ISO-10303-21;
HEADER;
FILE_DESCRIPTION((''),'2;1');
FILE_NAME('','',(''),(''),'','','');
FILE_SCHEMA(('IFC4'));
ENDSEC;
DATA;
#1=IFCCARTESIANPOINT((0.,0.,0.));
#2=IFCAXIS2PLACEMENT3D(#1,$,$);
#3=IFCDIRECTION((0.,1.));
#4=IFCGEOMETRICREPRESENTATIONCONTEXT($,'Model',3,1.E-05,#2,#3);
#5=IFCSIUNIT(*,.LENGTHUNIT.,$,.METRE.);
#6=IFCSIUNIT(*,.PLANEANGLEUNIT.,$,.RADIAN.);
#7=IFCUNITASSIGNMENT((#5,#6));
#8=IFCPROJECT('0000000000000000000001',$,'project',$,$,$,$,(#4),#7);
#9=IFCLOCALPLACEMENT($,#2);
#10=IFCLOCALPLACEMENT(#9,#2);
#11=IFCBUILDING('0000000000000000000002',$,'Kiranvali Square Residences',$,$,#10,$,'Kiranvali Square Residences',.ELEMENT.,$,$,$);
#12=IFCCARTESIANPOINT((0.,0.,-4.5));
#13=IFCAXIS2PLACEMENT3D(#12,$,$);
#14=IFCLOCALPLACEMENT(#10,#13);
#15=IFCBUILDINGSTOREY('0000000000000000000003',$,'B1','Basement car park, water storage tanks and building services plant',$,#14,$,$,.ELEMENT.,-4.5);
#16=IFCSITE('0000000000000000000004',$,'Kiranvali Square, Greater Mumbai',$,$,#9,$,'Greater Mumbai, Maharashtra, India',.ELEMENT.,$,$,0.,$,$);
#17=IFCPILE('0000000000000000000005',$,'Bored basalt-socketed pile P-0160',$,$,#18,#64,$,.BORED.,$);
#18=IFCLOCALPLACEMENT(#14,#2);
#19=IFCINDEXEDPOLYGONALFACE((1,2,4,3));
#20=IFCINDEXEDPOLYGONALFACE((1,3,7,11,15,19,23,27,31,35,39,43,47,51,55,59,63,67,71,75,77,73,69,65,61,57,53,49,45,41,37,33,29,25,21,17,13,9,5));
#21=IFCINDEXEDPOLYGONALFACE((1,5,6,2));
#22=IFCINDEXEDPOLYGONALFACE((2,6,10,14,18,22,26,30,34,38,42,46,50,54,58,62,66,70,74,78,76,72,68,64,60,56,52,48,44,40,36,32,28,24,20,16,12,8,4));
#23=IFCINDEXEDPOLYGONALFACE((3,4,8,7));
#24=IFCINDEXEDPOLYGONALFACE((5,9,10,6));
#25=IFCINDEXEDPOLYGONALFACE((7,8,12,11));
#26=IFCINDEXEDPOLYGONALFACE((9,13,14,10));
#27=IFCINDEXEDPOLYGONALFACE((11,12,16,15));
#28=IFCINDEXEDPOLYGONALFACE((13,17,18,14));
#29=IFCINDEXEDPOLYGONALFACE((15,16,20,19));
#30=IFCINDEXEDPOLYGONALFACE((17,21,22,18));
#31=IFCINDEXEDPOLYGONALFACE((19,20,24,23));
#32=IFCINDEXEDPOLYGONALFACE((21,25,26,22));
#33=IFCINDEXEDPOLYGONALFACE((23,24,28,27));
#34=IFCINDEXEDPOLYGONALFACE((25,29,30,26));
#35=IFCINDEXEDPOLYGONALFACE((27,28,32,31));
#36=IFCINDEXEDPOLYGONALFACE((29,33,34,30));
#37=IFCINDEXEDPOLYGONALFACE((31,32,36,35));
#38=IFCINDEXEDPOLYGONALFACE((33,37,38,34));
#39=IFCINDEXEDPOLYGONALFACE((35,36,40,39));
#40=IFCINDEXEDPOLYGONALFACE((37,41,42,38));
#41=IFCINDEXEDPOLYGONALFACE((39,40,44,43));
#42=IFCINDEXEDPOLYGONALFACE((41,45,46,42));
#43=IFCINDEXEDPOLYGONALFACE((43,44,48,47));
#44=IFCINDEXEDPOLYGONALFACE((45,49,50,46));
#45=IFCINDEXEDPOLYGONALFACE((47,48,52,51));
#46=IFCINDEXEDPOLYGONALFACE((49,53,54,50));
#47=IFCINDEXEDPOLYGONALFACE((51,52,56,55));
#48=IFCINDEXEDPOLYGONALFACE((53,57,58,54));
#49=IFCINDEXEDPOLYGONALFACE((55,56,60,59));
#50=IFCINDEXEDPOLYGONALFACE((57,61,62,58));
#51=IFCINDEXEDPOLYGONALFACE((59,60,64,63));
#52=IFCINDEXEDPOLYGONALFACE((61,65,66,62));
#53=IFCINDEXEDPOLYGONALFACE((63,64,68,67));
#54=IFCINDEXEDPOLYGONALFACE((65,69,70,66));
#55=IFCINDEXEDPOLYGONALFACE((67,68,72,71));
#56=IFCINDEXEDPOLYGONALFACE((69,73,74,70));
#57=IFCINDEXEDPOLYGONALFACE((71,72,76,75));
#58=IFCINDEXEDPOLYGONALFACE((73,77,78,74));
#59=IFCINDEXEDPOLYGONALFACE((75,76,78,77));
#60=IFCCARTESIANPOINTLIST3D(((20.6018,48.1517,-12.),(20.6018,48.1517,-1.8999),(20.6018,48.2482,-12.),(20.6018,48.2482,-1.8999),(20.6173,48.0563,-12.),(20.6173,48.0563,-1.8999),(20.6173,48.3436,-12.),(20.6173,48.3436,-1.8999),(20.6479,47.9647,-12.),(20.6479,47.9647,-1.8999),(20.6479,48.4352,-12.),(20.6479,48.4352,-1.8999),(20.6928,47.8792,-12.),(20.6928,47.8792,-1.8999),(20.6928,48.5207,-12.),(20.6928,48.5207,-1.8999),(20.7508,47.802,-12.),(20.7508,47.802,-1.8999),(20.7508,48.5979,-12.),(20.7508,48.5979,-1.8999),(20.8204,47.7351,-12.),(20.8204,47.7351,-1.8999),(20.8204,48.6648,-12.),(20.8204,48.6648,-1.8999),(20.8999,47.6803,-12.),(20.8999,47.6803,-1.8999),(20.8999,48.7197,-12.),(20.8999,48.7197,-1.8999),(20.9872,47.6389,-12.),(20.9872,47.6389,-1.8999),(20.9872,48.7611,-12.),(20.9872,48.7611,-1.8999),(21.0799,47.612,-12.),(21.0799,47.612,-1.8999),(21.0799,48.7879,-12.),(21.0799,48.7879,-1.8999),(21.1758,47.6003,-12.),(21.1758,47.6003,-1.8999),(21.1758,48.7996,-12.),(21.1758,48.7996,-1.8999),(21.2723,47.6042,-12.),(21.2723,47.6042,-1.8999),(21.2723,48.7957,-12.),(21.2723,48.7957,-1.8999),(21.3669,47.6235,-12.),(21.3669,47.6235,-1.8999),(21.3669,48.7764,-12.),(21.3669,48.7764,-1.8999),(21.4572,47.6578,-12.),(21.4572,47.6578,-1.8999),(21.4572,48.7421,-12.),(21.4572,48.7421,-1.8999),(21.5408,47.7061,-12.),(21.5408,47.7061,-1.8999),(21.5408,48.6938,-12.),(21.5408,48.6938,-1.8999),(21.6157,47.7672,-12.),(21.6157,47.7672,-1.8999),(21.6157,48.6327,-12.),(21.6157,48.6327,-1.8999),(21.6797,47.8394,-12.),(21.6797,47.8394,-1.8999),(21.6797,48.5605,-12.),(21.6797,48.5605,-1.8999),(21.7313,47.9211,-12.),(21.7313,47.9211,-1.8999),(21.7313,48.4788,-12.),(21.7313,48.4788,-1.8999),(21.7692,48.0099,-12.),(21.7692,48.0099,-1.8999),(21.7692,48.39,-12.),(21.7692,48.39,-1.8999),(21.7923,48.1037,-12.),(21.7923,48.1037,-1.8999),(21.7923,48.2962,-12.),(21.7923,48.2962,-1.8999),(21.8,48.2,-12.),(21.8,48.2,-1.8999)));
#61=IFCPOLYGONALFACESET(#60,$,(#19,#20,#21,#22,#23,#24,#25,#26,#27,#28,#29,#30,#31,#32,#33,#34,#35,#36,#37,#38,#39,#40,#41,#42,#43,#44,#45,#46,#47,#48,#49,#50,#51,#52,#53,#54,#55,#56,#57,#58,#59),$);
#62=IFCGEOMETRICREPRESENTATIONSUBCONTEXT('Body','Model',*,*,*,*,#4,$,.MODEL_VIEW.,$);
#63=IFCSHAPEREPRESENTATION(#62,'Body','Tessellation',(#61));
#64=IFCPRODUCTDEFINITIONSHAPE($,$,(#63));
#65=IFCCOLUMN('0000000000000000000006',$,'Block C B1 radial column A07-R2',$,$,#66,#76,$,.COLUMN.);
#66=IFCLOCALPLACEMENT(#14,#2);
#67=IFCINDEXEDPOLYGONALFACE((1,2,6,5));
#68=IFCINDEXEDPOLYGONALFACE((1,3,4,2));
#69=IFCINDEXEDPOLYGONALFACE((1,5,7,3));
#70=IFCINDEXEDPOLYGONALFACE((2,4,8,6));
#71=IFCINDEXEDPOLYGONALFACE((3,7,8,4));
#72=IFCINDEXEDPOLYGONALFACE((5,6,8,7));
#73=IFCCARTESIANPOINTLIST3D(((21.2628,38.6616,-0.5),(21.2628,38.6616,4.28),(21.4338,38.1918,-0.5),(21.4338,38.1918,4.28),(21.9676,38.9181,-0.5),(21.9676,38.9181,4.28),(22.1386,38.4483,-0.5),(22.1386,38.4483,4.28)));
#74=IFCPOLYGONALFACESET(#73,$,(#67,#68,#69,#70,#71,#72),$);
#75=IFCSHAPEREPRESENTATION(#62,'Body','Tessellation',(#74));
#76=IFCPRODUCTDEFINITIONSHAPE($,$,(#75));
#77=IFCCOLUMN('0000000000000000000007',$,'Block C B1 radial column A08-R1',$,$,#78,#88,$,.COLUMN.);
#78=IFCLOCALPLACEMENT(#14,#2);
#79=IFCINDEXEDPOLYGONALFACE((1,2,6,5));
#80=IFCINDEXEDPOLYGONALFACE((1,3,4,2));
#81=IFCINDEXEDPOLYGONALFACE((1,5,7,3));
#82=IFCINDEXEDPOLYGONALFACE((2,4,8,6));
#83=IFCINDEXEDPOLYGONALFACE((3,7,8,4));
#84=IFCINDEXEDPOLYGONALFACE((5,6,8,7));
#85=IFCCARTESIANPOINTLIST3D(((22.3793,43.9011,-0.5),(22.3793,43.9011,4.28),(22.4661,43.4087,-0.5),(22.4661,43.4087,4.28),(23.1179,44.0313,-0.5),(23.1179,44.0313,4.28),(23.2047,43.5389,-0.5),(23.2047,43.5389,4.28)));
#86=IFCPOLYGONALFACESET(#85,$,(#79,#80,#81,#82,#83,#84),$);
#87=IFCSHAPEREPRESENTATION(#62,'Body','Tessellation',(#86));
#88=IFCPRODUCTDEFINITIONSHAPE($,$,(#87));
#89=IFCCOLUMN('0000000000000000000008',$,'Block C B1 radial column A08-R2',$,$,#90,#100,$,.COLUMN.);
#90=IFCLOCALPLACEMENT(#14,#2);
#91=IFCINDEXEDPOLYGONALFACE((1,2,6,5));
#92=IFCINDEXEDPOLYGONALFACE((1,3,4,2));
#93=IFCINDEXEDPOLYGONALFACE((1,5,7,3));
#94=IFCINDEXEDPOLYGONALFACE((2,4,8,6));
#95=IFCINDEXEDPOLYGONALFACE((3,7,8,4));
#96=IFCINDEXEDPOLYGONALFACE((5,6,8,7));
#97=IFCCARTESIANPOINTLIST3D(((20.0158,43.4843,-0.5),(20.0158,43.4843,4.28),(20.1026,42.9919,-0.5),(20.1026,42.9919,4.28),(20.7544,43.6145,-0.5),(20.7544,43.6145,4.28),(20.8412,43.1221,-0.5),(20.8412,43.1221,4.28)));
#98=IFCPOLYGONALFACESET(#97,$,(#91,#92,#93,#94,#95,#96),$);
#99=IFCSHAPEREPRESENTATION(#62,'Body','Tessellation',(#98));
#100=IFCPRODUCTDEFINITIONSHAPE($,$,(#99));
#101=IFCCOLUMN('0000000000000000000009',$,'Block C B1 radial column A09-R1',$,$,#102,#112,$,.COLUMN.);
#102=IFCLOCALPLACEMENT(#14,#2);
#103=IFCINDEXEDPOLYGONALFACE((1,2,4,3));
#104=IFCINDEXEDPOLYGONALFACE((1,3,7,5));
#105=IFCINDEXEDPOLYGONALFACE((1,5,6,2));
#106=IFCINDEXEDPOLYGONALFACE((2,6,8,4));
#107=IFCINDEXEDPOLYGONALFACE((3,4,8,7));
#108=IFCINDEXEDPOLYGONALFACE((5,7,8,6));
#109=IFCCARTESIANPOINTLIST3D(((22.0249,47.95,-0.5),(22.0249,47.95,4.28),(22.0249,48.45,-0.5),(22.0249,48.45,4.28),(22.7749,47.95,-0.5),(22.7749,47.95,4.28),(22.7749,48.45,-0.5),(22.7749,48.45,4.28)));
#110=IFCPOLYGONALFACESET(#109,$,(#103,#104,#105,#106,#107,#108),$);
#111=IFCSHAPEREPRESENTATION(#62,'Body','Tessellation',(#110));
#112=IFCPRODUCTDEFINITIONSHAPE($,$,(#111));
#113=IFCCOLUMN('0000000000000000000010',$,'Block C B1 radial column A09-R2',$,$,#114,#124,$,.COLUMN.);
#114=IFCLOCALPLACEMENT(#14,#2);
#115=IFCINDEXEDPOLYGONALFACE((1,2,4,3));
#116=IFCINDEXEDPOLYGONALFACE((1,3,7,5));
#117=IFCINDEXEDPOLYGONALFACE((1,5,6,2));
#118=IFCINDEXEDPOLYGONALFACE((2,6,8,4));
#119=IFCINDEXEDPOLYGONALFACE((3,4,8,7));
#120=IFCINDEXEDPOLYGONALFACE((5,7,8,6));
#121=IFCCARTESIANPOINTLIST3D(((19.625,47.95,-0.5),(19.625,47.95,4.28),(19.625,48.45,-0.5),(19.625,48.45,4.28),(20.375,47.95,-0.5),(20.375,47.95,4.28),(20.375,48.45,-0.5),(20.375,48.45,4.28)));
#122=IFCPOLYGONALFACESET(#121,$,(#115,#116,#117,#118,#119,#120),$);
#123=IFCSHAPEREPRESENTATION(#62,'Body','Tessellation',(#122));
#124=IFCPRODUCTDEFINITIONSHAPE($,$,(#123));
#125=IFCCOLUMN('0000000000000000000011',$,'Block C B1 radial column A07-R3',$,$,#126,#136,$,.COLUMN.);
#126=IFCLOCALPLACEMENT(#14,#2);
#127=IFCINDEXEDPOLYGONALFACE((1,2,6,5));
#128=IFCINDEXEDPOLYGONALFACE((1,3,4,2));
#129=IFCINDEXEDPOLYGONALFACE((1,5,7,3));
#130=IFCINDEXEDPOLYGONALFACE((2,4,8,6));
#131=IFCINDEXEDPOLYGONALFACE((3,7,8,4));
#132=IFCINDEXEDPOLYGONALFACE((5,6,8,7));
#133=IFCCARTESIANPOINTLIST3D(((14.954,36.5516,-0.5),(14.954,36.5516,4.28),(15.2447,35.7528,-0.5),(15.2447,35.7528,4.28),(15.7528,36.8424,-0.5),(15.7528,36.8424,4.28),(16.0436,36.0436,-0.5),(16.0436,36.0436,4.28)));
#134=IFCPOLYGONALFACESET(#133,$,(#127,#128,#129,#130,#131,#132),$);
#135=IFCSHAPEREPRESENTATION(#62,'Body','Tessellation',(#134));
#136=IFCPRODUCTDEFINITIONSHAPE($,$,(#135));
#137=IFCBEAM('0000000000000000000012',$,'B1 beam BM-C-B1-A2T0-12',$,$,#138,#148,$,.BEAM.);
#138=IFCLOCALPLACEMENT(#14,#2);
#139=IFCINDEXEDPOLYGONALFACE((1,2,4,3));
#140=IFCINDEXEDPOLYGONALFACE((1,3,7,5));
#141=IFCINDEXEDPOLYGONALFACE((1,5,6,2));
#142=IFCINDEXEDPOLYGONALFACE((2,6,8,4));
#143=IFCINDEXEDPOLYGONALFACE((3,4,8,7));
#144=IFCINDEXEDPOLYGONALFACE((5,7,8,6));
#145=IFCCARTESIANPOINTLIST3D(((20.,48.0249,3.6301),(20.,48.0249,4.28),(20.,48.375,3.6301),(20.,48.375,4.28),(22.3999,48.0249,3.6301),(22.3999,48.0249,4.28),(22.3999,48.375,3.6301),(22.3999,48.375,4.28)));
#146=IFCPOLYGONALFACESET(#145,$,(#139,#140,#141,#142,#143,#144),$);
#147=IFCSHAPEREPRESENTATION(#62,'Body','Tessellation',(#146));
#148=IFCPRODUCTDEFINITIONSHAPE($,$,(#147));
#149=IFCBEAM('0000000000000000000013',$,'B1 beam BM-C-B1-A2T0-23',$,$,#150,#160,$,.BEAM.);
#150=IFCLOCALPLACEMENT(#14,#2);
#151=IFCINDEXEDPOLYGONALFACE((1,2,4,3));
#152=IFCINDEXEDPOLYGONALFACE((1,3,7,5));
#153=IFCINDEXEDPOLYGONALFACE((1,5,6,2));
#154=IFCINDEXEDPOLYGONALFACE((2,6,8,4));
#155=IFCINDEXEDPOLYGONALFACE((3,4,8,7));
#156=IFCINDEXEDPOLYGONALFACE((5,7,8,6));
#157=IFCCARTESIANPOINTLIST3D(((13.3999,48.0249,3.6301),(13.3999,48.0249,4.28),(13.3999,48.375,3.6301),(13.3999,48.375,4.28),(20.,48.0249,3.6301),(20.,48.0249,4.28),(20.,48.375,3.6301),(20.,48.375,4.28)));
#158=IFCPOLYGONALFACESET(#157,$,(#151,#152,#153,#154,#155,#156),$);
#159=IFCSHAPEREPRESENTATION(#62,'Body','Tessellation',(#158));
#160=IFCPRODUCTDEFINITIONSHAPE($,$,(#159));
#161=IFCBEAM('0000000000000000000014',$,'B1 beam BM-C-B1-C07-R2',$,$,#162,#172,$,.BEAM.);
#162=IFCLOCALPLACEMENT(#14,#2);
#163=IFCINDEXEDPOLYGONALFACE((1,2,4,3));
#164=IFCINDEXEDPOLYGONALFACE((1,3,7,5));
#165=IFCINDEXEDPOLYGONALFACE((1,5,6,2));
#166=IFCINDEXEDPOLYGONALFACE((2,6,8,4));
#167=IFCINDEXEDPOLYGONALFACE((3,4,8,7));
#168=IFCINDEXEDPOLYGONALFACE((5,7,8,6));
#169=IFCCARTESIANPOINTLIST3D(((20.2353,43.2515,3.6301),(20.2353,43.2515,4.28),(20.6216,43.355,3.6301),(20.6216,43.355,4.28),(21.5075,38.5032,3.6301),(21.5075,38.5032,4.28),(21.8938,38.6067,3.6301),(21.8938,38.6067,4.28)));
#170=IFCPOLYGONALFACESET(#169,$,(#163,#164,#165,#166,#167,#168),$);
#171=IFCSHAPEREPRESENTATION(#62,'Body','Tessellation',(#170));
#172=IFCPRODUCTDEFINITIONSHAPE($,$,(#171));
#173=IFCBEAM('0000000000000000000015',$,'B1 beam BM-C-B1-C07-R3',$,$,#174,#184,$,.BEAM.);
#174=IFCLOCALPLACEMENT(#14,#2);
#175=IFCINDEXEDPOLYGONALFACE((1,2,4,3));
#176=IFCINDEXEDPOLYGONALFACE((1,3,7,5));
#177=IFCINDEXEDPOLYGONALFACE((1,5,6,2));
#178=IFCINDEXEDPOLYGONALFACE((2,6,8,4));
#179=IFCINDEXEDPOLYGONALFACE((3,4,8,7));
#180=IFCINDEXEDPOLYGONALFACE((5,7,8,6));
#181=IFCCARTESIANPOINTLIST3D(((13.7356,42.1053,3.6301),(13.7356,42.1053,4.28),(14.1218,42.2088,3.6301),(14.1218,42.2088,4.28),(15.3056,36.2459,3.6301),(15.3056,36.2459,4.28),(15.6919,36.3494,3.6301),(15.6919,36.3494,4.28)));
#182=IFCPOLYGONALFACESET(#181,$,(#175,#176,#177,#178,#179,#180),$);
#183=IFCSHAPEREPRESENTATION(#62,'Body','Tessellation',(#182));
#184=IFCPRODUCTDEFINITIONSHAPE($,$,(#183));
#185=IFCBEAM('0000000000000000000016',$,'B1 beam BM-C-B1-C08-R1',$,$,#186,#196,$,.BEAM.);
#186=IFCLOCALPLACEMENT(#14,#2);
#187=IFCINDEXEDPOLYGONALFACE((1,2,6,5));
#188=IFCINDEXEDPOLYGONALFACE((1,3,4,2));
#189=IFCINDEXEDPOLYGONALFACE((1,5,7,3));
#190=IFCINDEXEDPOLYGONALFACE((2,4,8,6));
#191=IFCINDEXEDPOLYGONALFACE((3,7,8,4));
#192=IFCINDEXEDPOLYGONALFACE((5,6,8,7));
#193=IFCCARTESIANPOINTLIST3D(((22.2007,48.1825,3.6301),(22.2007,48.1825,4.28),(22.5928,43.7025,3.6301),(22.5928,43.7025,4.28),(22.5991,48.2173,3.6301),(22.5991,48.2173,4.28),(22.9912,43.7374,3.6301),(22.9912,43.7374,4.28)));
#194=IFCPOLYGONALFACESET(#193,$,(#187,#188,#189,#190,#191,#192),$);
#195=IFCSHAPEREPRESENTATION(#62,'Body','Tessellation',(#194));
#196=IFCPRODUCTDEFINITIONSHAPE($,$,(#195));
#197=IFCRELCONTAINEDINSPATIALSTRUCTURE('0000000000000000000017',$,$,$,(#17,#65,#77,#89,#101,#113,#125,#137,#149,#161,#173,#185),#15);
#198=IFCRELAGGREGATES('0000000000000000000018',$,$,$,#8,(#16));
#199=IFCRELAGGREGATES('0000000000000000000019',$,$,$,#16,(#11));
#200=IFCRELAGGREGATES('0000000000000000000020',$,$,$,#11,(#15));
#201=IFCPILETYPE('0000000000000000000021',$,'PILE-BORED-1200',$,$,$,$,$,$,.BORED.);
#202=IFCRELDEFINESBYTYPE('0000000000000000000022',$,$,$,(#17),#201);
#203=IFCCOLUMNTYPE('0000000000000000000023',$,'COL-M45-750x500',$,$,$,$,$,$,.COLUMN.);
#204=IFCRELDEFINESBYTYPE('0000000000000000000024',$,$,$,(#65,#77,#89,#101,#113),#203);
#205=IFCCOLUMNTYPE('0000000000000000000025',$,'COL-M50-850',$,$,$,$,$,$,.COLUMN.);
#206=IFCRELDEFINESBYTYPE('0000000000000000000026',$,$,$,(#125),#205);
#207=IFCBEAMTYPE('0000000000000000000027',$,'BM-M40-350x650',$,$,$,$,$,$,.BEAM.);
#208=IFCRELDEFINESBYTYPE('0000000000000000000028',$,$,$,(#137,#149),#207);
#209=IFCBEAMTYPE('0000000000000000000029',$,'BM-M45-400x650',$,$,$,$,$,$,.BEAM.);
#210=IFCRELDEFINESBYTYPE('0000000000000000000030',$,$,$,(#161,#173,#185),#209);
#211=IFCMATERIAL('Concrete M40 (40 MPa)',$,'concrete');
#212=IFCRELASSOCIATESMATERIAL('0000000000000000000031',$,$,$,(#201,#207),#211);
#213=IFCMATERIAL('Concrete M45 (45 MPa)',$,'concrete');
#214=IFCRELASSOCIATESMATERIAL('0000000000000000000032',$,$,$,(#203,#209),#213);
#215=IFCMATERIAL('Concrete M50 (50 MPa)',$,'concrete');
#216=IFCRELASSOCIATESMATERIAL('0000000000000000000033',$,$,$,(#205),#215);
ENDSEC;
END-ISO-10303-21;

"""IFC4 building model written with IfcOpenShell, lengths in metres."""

from ifc_helpers import new_model, si_unit, direction, frame, origin, origin_2d, place, context, subcontext, project, spatial, rectangle, circle, extrude, material, material_profile, profile_set, type_object, element, save


model = new_model("IFC4")

# Units and contexts
model_context = context("Model", 3, precision=1e-05, world=origin(), true_north=direction((0.0, 1.0)))
body_context = subcontext(model_context, "Body", "Model", "MODEL_VIEW")
ifc_project = project(units=[si_unit("LENGTHUNIT", "METRE"), si_unit("PLANEANGLEUNIT", "RADIAN")], contexts=[model_context])

# Site, building, storey
site_placement = place(None, origin())
site = spatial("IfcSite", under=ifc_project, at=site_placement, Name="Kiranvali Square, Greater Mumbai", LongName="Greater Mumbai, Maharashtra, India", CompositionType="ELEMENT", RefElevation=0.0)
building_placement = place(site_placement, origin())
building = spatial("IfcBuilding", under=site, at=building_placement, Name="Kiranvali Square Residences", LongName="Kiranvali Square Residences", CompositionType="ELEMENT")
storey_placement = place(building_placement, frame((0.0, 0.0, -4.5)))
storey = spatial("IfcBuildingStorey", under=building, at=storey_placement, Name="B1", Description="Basement car park, water storage tanks and building services plant", CompositionType="ELEMENT", Elevation=-4.5)

# Shared definitions
ifc_material_1 = material(Name="Concrete M40 (40 MPa)", Category="concrete")

# Pile
ifc_material_profile_1 = material_profile(ifc_material_1, circle(Radius=0.6001, at=origin_2d()), Name="BORED PILE 1200")
ifc_profile_set_1 = profile_set([ifc_material_profile_1], Name="Concrete M40 (40 MPa)")
pile_type = type_object("IfcPileType", Name="PILE-BORED-1200", PredefinedType="BORED", material=ifc_profile_set_1)
for number, where, z_axis, x_axis, name in (
    (1, (21.2, 48.2, -1.8999), (0.0, 0.0, -1.0), (1.0, 0.0, 0.0), "Bored basalt-socketed pile P-0160"),
):
    element("IfcPile", number, at=place(storey_placement, frame(where, z_axis=z_axis, x_axis=x_axis)), inside=storey, type_object=pile_type, Name=name, PredefinedType="BORED", context=body_context, shape_type="SweptSolid", body=[
        extrude(circle(Radius=0.6001, at=origin_2d()), origin(), (0.0, 0.0, 1.0), 10.1001),
    ])

# Columns
ifc_material_2 = material(Name="Concrete M45 (45 MPa)", Category="concrete")
ifc_material_profile_2 = material_profile(ifc_material_2, rectangle(XDim=0.5, YDim=0.75, at=origin_2d()), Name="RC 750x500")
ifc_profile_set_2 = profile_set([ifc_material_profile_2], Name="Concrete M45 (45 MPa)")
column_type_1 = type_object("IfcColumnType", Name="COL-M45-750x500", PredefinedType="COLUMN", material=ifc_profile_set_2)
for number, where, z_axis, x_axis, name in (
    (2, (21.7007, 38.5549, -0.5), (0.0, 0.0, 1.0), (-0.34202, 0.939693, 0.0), "Block C B1 radial column A07-R2"),
    (3, (22.792, 43.72, -0.5), (0.0, 0.0, 1.0), (-0.173648, 0.984808, 0.0), "Block C B1 radial column A08-R1"),
    (4, (20.4285, 43.3032, -0.5), (0.0, 0.0, 1.0), (-0.173648, 0.984808, 0.0), "Block C B1 radial column A08-R2"),
    (5, (22.3999, 48.2, -0.5), (0.0, 0.0, 1.0), (0.0, 1.0, 0.0), "Block C B1 radial column A09-R1"),
    (6, (20.0, 48.2, -0.5), (0.0, 0.0, 1.0), (0.0, 1.0, 0.0), "Block C B1 radial column A09-R2"),
):
    element("IfcColumn", number, at=place(storey_placement, frame(where, z_axis=z_axis, x_axis=x_axis)), inside=storey, type_object=column_type_1, Name=name, PredefinedType="COLUMN", context=body_context, shape_type="SweptSolid", body=[
        extrude(rectangle(XDim=0.5, YDim=0.75, at=origin_2d()), origin(), (0.0, 0.0, 1.0), 4.78),
    ])
ifc_material_3 = material(Name="Concrete M50 (50 MPa)", Category="concrete")
ifc_material_profile_3 = material_profile(ifc_material_3, rectangle(XDim=0.8501, YDim=0.8501, at=origin_2d()), Name="RC 850x850")
ifc_profile_set_3 = profile_set([ifc_material_profile_3], Name="Concrete M50 (50 MPa)")
column_type_2 = type_object("IfcColumnType", Name="COL-M50-850", PredefinedType="COLUMN", material=ifc_profile_set_3)
column_placement = place(storey_placement, frame((15.4988, 36.2976, -0.5), z_axis=(0.0, 0.0, 1.0), x_axis=(-0.34202, 0.939693, 0.0)))
element("IfcColumn", 7, at=column_placement, inside=storey, type_object=column_type_2, Name="Block C B1 radial column A07-R3", PredefinedType="COLUMN", context=body_context, shape_type="SweptSolid", body=[
    extrude(rectangle(XDim=0.8501, YDim=0.8501, at=origin_2d()), origin(), (0.0, 0.0, 1.0), 4.78),
])

# Beams
ifc_material_profile_4 = material_profile(ifc_material_1, rectangle(XDim=0.3501, YDim=0.6499, at=origin_2d()), Name="RC 350x650")
ifc_profile_set_4 = profile_set([ifc_material_profile_4], Name="Concrete M40 (40 MPa)")
beam_type_1 = type_object("IfcBeamType", Name="BM-M40-350x650", PredefinedType="BEAM", material=ifc_profile_set_4)
beam_1_placement = place(storey_placement, frame((22.3999, 48.2, 3.9551), z_axis=(-1.0, 0.0, 0.0), x_axis=(0.0, -1.0, 0.0)))
element("IfcBeam", 8, at=beam_1_placement, inside=storey, type_object=beam_type_1, Name="B1 beam BM-C-B1-A2T0-12", PredefinedType="BEAM", context=body_context, shape_type="SweptSolid", body=[
    extrude(rectangle(XDim=0.3501, YDim=0.6499, at=origin_2d()), origin(), (0.0, 0.0, 1.0), 2.3999),
])
beam_2_placement = place(storey_placement, frame((20.0, 48.2, 3.9551), z_axis=(-1.0, 0.0, 0.0), x_axis=(0.0, -1.0, 0.0)))
element("IfcBeam", 9, at=beam_2_placement, inside=storey, type_object=beam_type_1, Name="B1 beam BM-C-B1-A2T0-23", PredefinedType="BEAM", context=body_context, shape_type="SweptSolid", body=[
    extrude(rectangle(XDim=0.3501, YDim=0.6499, at=origin_2d()), origin(), (0.0, 0.0, 1.0), 6.6001),
])
ifc_material_profile_5 = material_profile(ifc_material_2, rectangle(XDim=0.3999, YDim=0.6499, at=origin_2d()), Name="RC 400x650")
ifc_profile_set_5 = profile_set([ifc_material_profile_5], Name="Concrete M45 (45 MPa)")
beam_type_2 = type_object("IfcBeamType", Name="BM-M45-400x650", PredefinedType="BEAM", material=ifc_profile_set_5)
beam_3_placement = place(storey_placement, frame((21.7007, 38.5549, 3.9551), z_axis=(-0.258803, 0.96593, 0.0), x_axis=(-0.96593, -0.258803, 0.0)))
element("IfcBeam", 10, at=beam_3_placement, inside=storey, type_object=beam_type_2, Name="B1 beam BM-C-B1-C07-R2", PredefinedType="BEAM", context=body_context, shape_type="SweptSolid", body=[
    extrude(rectangle(XDim=0.3999, YDim=0.6499, at=origin_2d()), origin(), (0.0, 0.0, 1.0), 4.9158),
])
beam_4_placement = place(storey_placement, frame((15.4988, 36.2976, 3.9551), z_axis=(-0.258827, 0.965924, 0.0), x_axis=(-0.965924, -0.258827, 0.0)))
element("IfcBeam", 11, at=beam_4_placement, inside=storey, type_object=beam_type_2, Name="B1 beam BM-C-B1-C07-R3", PredefinedType="BEAM", context=body_context, shape_type="SweptSolid", body=[
    extrude(rectangle(XDim=0.3999, YDim=0.6499, at=origin_2d()), origin(), (0.0, 0.0, 1.0), 6.0662),
])
beam_5_placement = place(storey_placement, frame((22.792, 43.72, 3.9551), z_axis=(-0.087187, 0.996192, 0.0), x_axis=(-0.996192, -0.087187, 0.0)))
element("IfcBeam", 12, at=beam_5_placement, inside=storey, type_object=beam_type_2, Name="B1 beam BM-C-B1-C08-R1", PredefinedType="BEAM", context=body_context, shape_type="SweptSolid", body=[
    extrude(rectangle(XDim=0.3999, YDim=0.6499, at=origin_2d()), origin(), (0.0, 0.0, 1.0), 4.4971),
])

save(model, "model.ifc")
